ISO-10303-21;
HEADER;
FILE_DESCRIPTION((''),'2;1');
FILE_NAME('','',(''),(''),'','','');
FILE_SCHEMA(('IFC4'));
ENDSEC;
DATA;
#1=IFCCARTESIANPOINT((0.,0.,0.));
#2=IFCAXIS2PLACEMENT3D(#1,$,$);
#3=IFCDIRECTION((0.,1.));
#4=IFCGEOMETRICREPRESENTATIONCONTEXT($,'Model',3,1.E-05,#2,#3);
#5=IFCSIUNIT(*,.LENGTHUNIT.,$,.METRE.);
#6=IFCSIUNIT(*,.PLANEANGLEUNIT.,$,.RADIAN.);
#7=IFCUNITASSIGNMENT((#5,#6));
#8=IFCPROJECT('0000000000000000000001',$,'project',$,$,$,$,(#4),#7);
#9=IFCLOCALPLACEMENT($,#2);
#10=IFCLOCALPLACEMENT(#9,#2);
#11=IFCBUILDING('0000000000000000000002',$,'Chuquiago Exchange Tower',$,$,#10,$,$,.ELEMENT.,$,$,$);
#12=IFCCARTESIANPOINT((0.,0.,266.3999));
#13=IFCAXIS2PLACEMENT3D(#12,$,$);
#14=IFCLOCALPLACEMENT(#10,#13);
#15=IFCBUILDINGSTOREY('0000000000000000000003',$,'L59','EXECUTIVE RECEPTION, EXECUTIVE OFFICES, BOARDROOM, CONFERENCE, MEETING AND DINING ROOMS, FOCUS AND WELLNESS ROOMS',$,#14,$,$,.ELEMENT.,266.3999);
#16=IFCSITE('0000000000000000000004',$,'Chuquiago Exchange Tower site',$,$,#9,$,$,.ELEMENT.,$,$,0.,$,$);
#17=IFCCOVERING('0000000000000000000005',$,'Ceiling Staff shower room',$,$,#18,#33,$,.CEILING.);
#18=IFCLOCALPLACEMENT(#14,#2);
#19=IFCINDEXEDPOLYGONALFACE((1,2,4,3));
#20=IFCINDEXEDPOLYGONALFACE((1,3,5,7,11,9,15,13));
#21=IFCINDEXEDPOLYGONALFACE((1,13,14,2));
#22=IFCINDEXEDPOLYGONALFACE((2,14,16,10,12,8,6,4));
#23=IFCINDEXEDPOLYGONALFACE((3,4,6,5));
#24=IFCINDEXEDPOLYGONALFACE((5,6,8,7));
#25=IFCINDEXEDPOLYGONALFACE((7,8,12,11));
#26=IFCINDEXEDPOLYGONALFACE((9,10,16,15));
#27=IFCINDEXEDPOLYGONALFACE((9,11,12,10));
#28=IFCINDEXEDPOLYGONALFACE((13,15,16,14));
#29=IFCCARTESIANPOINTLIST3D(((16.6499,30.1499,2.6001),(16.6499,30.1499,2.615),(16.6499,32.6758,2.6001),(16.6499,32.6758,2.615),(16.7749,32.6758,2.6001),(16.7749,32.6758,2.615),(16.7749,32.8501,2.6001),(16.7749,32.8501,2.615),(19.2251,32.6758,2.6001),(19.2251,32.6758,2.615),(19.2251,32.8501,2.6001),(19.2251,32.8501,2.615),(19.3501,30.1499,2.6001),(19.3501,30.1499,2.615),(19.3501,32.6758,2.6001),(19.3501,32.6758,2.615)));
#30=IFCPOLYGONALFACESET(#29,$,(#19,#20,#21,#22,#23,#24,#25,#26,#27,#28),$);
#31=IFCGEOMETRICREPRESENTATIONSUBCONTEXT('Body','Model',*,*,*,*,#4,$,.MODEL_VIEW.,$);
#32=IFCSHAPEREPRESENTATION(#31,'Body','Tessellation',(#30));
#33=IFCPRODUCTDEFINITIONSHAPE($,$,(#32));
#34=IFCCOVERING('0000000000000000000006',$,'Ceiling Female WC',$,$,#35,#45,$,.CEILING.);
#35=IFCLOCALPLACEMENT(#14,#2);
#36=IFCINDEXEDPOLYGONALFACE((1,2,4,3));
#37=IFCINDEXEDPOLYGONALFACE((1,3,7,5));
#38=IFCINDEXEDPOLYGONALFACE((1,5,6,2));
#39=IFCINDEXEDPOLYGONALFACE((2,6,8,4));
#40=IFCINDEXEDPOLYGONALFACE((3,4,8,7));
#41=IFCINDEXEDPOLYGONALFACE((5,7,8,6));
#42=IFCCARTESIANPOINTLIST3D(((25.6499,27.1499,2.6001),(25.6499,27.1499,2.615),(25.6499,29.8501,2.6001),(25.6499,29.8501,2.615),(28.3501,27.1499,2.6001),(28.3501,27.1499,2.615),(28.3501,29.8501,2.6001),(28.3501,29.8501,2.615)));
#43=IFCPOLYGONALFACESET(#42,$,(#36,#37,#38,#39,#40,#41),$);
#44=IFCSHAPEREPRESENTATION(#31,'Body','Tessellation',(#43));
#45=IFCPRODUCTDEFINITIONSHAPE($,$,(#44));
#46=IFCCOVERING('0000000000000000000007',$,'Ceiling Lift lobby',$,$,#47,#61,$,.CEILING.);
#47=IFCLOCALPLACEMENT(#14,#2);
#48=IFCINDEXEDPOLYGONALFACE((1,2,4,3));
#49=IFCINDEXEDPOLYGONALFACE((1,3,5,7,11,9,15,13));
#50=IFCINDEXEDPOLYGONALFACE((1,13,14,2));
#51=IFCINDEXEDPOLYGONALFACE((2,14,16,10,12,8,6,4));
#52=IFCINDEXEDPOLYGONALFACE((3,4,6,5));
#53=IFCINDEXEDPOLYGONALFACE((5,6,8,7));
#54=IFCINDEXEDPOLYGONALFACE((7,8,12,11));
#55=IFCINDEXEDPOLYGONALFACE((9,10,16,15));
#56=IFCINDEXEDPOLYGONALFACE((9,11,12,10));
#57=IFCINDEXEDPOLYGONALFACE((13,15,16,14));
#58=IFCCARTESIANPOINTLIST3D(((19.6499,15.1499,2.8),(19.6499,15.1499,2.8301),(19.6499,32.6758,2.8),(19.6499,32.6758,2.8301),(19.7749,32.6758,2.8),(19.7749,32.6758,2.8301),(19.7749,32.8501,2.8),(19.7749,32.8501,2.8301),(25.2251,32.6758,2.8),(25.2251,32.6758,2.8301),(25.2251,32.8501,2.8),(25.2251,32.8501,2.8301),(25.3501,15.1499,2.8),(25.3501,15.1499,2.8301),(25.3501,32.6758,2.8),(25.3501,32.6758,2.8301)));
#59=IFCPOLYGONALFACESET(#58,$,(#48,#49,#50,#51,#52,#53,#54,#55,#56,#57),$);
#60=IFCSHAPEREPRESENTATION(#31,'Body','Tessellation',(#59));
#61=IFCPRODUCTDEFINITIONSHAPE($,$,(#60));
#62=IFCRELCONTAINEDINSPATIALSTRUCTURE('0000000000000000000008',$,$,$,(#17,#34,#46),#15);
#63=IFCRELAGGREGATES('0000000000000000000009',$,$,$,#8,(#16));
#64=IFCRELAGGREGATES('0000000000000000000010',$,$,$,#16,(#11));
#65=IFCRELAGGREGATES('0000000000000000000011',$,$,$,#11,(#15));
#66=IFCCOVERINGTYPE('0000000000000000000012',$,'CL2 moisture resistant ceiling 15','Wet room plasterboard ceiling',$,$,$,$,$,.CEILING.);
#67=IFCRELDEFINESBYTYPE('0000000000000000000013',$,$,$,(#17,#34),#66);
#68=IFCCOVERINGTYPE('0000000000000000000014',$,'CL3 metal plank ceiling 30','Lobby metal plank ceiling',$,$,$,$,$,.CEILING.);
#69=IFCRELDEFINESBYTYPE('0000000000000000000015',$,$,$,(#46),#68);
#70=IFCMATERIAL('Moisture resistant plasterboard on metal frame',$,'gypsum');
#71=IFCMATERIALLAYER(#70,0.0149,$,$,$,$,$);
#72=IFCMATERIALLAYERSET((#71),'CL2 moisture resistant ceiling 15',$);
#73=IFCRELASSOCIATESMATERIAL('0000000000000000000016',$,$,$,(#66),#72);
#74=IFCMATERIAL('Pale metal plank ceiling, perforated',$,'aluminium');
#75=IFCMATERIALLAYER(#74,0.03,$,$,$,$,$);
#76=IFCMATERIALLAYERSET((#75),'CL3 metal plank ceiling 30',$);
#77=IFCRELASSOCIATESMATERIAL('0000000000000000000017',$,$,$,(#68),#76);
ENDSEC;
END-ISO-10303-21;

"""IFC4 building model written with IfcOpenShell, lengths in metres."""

from ifc_helpers import new_model, si_unit, direction, frame, origin, place, context, subcontext, project, spatial, polyline, outline, extrude, material, layer, layer_set, type_object, element, save


model = new_model("IFC4")

# Units and contexts
model_context = context("Model", 3, precision=1e-05, world=origin(), true_north=direction((0.0, 1.0)))
body_context = subcontext(model_context, "Body", "Model", "MODEL_VIEW")
ifc_project = project(units=[si_unit("LENGTHUNIT", "METRE"), si_unit("PLANEANGLEUNIT", "RADIAN")], contexts=[model_context])

# Site, building, storey
site_placement = place(None, origin())
site = spatial("IfcSite", under=ifc_project, at=site_placement, Name="Chuquiago Exchange Tower site", CompositionType="ELEMENT", RefElevation=0.0)
building_placement = place(site_placement, origin())
building = spatial("IfcBuilding", under=site, at=building_placement, Name="Chuquiago Exchange Tower", CompositionType="ELEMENT")
storey_placement = place(building_placement, frame((0.0, 0.0, 266.3999)))
storey = spatial("IfcBuildingStorey", under=building, at=storey_placement, Name="L59", Description="EXECUTIVE RECEPTION, EXECUTIVE OFFICES, BOARDROOM, CONFERENCE, MEETING AND DINING ROOMS, FOCUS AND WELLNESS ROOMS", CompositionType="ELEMENT", Elevation=266.3999)

# Coverings
ifc_material_1 = material(Name="Moisture resistant plasterboard on metal frame", Category="gypsum")
ifc_layer_1 = layer(ifc_material_1, 0.0149)
ifc_layer_set_1 = layer_set([ifc_layer_1], Name="CL2 moisture resistant ceiling 15")
covering_type_1 = type_object("IfcCoveringType", Name="CL2 moisture resistant ceiling 15", Description="Wet room plasterboard ceiling", PredefinedType="CEILING", material=ifc_layer_set_1)
covering_1_placement = place(storey_placement, frame((0.0, 0.0, 2.6001)))
element("IfcCovering", 1, at=covering_1_placement, inside=storey, type_object=covering_type_1, Name="Ceiling Staff shower room", PredefinedType="CEILING", context=body_context, shape_type="SweptSolid", body=[
    extrude(outline(polyline([(16.6499, 30.1499), (16.6499, 32.6758), (16.7749, 32.6758), (16.7749, 32.8501), (19.2251, 32.8501), (19.2251, 32.6758), (19.3501, 32.6758), (19.3501, 30.1499), (16.6499, 30.1499)])), origin(), (0.0, 0.0, 1.0), 0.0149),
])
covering_2_placement = place(storey_placement, frame((0.0, 0.0, 2.6001)))
element("IfcCovering", 2, at=covering_2_placement, inside=storey, type_object=covering_type_1, Name="Ceiling Female WC", PredefinedType="CEILING", context=body_context, shape_type="SweptSolid", body=[
    extrude(outline(polyline([(25.6499, 27.1499), (25.6499, 29.8501), (28.3501, 29.8501), (28.3501, 27.1499), (25.6499, 27.1499)])), origin(), (0.0, 0.0, 1.0), 0.0149),
])
ifc_material_2 = material(Name="Pale metal plank ceiling, perforated", Category="aluminium")
ifc_layer_2 = layer(ifc_material_2, 0.03)
ifc_layer_set_2 = layer_set([ifc_layer_2], Name="CL3 metal plank ceiling 30")
covering_type_2 = type_object("IfcCoveringType", Name="CL3 metal plank ceiling 30", Description="Lobby metal plank ceiling", PredefinedType="CEILING", material=ifc_layer_set_2)
covering_3_placement = place(storey_placement, frame((0.0, 0.0, 2.8)))
element("IfcCovering", 3, at=covering_3_placement, inside=storey, type_object=covering_type_2, Name="Ceiling Lift lobby", PredefinedType="CEILING", context=body_context, shape_type="SweptSolid", body=[
    extrude(outline(polyline([(19.6499, 15.1499), (19.6499, 32.6758), (19.7749, 32.6758), (19.7749, 32.8501), (25.2251, 32.8501), (25.2251, 32.6758), (25.3501, 32.6758), (25.3501, 15.1499), (19.6499, 15.1499)])), origin(), (0.0, 0.0, 1.0), 0.03),
])

save(model, "model.ifc")
